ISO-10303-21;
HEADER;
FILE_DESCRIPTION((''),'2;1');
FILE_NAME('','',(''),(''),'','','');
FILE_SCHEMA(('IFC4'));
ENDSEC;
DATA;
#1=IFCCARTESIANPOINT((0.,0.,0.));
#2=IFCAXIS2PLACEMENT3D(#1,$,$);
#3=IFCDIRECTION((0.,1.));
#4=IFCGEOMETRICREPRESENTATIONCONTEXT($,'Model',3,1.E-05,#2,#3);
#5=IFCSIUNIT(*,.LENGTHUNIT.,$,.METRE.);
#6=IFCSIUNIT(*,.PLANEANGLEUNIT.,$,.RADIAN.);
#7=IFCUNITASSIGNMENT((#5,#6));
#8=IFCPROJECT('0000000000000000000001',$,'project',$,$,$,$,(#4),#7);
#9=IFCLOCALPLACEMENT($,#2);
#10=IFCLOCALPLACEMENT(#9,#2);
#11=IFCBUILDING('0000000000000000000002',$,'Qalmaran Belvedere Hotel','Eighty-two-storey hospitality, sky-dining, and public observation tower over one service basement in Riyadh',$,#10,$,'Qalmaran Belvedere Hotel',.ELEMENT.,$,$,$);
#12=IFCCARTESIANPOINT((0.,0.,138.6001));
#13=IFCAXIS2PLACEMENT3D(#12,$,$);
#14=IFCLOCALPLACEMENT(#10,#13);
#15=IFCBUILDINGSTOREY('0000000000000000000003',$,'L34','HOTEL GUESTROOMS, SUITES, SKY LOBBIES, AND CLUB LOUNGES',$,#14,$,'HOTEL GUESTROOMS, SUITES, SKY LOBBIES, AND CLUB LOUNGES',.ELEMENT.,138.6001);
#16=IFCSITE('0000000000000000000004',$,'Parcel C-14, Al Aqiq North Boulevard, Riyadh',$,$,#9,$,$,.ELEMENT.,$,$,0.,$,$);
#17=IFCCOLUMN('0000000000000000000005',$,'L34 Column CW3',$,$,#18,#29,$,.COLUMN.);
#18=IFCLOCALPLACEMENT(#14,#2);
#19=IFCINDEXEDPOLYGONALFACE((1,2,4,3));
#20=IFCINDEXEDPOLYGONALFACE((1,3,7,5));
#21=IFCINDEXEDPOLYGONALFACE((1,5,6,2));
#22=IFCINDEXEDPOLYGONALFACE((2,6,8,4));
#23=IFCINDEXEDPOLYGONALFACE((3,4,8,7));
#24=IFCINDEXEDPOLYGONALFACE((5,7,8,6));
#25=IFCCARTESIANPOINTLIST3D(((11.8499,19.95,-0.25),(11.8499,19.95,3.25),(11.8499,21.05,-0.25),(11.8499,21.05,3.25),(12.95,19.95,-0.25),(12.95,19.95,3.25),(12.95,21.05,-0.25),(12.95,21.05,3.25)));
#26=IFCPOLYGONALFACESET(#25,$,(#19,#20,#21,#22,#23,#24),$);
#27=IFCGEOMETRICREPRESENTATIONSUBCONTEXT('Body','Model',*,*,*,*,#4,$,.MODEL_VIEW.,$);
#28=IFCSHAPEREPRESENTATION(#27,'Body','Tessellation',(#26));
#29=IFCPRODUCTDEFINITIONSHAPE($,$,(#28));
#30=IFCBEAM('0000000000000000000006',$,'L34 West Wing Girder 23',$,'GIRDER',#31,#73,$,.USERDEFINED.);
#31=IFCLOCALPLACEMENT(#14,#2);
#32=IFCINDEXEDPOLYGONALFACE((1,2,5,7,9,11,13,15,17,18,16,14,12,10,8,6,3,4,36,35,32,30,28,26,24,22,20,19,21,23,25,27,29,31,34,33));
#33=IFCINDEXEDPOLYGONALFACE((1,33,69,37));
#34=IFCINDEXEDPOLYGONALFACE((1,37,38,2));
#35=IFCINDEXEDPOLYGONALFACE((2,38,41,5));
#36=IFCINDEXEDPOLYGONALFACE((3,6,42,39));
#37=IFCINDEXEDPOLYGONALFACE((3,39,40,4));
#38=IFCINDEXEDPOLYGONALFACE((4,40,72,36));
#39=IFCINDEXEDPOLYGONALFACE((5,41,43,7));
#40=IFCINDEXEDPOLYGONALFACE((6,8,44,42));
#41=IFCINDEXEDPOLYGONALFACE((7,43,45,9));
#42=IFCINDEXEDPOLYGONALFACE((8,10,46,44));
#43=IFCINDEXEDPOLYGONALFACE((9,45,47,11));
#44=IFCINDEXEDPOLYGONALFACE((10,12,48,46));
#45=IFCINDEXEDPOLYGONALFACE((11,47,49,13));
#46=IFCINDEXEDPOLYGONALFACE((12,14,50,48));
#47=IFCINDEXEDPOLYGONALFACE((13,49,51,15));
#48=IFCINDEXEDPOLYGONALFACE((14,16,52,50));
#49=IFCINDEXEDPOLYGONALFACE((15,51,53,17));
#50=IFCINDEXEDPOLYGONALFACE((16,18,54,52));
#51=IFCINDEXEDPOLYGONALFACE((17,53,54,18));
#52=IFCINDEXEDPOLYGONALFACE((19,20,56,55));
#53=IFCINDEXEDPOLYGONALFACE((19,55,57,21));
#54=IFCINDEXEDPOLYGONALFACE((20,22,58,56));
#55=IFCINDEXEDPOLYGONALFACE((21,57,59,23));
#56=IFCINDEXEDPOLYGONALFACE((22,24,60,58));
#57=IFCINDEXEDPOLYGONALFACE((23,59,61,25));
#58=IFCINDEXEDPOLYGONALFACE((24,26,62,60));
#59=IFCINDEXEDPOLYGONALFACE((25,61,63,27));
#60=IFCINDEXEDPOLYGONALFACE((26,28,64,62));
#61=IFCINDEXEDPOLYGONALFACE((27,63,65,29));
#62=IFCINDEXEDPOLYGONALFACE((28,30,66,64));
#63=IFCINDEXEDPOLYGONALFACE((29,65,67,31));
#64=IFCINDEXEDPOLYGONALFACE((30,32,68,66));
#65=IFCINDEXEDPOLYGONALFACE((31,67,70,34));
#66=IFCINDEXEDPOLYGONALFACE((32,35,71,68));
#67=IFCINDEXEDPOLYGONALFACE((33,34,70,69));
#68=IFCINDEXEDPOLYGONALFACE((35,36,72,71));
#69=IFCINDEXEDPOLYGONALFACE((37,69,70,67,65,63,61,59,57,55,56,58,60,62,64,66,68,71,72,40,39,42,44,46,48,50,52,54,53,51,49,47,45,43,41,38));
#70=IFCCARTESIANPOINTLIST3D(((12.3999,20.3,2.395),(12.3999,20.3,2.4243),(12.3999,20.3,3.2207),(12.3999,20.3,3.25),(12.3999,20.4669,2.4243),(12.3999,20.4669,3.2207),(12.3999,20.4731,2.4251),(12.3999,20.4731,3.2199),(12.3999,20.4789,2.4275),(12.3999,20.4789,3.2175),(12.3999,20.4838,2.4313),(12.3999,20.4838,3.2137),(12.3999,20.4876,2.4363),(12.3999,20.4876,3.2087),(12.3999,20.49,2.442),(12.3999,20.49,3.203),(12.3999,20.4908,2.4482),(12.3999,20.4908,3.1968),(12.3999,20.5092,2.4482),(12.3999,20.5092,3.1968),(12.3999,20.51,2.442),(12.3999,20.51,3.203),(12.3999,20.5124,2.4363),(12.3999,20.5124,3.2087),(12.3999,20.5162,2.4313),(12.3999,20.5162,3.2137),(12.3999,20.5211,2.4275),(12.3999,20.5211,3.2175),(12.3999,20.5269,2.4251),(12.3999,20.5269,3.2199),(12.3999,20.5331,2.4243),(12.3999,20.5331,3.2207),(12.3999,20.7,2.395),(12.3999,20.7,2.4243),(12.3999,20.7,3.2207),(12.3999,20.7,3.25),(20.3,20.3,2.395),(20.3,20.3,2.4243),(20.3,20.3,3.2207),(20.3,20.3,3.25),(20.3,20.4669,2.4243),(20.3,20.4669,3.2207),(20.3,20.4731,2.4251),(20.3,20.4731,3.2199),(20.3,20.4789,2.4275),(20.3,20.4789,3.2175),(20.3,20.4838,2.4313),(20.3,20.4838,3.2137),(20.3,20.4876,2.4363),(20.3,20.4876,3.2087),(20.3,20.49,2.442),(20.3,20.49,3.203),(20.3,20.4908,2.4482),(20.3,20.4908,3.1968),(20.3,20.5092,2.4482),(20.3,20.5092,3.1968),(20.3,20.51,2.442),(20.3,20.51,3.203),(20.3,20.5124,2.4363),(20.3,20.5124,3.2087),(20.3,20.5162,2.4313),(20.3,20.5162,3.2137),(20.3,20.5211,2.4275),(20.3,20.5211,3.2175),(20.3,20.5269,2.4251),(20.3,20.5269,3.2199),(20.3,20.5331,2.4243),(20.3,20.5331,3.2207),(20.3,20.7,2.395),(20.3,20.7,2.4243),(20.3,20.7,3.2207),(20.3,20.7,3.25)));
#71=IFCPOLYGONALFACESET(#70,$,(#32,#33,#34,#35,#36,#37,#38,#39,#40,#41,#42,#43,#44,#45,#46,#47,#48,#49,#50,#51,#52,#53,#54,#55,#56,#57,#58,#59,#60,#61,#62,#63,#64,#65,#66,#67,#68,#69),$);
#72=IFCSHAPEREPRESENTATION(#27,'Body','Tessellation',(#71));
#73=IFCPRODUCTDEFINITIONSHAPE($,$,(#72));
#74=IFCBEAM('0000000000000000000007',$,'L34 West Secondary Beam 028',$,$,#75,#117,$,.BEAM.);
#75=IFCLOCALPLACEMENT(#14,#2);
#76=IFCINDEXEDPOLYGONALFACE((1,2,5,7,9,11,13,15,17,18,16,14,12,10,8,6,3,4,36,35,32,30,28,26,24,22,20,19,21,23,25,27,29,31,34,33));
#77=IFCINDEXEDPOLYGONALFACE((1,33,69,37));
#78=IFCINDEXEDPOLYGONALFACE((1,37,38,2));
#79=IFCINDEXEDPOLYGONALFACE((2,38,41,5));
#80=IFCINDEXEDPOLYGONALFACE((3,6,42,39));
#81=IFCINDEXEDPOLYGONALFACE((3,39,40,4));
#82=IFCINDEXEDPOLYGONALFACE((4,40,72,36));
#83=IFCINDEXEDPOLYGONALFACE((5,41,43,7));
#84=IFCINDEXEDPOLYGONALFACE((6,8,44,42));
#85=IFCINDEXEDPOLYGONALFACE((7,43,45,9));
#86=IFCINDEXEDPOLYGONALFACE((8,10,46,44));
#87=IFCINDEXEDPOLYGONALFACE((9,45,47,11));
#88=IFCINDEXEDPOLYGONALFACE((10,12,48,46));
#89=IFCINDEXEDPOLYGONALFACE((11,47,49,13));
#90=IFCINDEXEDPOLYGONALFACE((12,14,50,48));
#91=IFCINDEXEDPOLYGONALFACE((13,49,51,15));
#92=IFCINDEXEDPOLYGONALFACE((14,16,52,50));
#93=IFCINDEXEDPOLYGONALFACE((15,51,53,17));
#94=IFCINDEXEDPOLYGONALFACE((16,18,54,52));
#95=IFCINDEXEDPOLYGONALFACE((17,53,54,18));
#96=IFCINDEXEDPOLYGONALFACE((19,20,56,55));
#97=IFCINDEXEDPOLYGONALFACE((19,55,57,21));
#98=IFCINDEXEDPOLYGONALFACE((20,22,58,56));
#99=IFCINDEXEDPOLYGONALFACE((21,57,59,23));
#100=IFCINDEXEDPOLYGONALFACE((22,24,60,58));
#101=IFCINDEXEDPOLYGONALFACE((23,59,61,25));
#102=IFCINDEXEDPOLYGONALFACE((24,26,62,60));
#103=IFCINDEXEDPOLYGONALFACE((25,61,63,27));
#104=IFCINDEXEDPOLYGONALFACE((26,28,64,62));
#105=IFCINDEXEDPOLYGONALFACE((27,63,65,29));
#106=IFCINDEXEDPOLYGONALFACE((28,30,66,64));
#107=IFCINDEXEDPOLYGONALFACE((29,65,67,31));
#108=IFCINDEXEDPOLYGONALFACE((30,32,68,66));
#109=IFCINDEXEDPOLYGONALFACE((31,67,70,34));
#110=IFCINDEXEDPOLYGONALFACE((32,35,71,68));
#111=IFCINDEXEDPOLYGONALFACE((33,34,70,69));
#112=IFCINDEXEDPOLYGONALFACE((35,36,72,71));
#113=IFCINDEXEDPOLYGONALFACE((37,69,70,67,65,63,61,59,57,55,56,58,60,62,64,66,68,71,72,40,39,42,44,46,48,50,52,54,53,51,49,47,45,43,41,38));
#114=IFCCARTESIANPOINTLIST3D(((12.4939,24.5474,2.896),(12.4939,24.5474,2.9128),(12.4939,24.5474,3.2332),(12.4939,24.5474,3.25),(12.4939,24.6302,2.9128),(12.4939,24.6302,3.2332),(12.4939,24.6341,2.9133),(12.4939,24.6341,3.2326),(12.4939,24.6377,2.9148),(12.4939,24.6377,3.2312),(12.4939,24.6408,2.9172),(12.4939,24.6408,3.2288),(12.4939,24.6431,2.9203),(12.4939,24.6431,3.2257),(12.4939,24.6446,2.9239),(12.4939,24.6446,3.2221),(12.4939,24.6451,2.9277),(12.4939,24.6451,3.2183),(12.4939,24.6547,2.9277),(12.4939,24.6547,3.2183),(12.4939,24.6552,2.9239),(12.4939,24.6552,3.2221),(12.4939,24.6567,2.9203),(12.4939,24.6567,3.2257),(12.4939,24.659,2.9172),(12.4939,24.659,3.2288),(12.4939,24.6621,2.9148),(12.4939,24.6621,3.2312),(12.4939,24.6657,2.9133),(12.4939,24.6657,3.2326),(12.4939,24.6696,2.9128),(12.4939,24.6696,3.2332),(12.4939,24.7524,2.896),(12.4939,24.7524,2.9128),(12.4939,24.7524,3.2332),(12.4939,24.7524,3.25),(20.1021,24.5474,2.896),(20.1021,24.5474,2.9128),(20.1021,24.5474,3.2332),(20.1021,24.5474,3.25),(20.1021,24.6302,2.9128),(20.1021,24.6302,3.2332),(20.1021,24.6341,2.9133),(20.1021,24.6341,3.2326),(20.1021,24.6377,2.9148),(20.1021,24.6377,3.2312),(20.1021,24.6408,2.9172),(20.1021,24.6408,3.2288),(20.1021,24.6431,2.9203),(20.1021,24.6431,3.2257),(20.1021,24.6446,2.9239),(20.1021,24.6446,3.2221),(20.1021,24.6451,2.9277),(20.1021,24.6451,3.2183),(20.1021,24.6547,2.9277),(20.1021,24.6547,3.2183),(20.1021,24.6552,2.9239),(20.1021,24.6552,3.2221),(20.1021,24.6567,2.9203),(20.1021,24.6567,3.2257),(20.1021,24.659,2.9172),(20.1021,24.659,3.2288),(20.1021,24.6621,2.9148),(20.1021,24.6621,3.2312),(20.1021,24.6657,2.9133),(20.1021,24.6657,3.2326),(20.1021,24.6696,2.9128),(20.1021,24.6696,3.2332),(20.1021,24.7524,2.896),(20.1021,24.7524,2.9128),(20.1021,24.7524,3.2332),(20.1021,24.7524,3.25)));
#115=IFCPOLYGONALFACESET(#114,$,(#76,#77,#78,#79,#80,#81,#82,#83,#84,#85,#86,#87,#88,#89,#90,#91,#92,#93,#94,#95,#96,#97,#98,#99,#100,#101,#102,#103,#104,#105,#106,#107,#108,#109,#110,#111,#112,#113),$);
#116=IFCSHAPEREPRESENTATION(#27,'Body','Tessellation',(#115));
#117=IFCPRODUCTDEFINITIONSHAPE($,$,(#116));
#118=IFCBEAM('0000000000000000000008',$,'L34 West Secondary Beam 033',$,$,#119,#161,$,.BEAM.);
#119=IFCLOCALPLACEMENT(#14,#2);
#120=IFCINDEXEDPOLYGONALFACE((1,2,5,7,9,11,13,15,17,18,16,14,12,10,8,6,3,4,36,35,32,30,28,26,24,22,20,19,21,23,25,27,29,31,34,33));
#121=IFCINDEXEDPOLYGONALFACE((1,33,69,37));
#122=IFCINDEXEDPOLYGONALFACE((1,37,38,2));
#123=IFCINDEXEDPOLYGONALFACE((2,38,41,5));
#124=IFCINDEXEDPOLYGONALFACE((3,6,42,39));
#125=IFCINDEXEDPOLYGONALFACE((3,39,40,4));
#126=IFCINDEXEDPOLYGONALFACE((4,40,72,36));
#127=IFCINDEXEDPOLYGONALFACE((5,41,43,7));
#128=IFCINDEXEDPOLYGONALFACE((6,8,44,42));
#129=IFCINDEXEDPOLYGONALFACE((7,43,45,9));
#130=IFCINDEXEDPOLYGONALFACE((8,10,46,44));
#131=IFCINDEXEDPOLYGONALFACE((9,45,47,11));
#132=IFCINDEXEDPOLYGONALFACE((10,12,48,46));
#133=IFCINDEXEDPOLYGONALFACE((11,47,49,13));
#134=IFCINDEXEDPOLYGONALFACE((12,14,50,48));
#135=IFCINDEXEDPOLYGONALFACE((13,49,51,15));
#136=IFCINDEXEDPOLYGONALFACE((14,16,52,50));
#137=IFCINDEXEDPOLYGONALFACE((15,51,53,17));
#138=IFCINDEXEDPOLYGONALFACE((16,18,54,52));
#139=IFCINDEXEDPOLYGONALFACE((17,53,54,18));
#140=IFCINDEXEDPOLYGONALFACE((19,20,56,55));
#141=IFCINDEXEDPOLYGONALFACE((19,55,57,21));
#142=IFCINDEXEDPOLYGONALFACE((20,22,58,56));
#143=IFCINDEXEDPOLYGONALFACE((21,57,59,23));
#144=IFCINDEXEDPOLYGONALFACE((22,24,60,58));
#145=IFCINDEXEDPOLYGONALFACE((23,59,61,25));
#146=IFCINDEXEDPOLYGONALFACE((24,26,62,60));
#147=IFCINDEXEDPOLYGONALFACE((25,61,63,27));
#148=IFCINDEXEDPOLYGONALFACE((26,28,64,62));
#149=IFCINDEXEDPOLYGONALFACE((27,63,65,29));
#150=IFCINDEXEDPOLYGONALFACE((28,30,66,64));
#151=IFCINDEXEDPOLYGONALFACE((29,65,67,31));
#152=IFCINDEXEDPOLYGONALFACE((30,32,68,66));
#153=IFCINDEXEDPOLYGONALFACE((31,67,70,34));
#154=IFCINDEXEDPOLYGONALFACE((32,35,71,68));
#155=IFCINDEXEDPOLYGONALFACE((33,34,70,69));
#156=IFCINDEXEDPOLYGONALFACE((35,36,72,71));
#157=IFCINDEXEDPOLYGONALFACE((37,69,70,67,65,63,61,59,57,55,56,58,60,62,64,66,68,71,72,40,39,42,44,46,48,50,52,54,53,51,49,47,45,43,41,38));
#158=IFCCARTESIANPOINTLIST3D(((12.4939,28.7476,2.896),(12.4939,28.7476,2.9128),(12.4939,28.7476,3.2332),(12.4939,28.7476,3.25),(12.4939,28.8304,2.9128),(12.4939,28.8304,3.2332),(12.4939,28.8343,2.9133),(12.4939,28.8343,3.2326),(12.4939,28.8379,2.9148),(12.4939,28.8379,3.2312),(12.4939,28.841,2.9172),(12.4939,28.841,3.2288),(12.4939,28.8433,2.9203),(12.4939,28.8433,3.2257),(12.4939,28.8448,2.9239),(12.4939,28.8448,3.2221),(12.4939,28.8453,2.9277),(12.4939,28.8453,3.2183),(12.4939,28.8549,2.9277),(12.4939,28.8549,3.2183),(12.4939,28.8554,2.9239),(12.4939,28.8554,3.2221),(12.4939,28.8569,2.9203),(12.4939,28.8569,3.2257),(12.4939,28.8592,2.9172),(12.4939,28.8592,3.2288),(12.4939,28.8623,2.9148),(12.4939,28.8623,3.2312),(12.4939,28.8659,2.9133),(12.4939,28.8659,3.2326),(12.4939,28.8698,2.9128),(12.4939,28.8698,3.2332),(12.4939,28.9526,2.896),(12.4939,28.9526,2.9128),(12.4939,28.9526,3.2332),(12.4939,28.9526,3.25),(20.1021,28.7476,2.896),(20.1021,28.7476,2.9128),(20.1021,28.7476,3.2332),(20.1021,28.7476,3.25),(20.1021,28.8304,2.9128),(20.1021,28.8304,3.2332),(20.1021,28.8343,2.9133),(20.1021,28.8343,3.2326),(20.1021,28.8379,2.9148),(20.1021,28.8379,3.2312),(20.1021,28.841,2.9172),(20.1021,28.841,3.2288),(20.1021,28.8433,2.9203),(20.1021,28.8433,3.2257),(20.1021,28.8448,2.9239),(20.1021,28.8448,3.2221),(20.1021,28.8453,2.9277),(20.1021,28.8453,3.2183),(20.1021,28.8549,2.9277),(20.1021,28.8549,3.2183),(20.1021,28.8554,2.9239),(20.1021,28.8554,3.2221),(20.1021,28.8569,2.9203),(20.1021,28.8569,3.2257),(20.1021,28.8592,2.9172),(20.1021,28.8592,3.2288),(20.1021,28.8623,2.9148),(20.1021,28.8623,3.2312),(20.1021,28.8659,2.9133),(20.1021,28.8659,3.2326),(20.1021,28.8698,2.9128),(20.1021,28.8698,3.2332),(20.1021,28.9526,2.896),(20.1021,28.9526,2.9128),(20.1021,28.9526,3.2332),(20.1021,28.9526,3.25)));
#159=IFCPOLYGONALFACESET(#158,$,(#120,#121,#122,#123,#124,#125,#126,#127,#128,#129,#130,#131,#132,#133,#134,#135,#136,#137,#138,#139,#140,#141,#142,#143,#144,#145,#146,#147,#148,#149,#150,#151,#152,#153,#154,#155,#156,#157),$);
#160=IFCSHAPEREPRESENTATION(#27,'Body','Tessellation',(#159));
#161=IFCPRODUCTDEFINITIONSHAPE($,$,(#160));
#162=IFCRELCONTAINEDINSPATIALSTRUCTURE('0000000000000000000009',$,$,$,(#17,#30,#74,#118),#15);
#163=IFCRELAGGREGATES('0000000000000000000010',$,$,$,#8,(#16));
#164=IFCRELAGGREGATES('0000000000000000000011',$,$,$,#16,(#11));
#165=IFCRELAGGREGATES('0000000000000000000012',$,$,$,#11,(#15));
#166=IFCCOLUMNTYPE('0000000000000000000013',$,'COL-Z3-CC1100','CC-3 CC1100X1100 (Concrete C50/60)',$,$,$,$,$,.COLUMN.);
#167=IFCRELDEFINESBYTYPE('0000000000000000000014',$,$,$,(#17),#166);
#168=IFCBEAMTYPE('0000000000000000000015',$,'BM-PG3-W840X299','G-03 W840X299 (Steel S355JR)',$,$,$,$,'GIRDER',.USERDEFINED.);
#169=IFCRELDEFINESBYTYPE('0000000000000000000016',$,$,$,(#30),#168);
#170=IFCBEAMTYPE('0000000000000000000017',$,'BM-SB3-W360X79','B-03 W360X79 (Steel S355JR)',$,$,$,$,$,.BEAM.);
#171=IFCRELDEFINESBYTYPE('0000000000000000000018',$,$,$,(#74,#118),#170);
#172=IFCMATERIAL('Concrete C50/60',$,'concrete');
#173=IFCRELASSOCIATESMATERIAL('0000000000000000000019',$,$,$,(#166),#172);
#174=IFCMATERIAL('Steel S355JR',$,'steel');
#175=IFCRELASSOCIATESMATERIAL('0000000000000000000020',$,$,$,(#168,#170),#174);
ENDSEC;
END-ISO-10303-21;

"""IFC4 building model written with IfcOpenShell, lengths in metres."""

from ifc_helpers import new_model, si_unit, direction, frame, origin, origin_2d, place, context, subcontext, project, spatial, rectangle, i_section, extrude, material, material_profile, profile_set, type_object, element, save


model = new_model("IFC4")

# Units and contexts
model_context = context("Model", 3, precision=1e-05, world=origin(), true_north=direction((0.0, 1.0)))
body_context = subcontext(model_context, "Body", "Model", "MODEL_VIEW")
ifc_project = project(units=[si_unit("LENGTHUNIT", "METRE"), si_unit("PLANEANGLEUNIT", "RADIAN")], contexts=[model_context])

# Site, building, storey
site_placement = place(None, origin())
site = spatial("IfcSite", under=ifc_project, at=site_placement, Name="Parcel C-14, Al Aqiq North Boulevard, Riyadh", CompositionType="ELEMENT", RefElevation=0.0)
building_placement = place(site_placement, origin())
building = spatial("IfcBuilding", under=site, at=building_placement, Name="Qalmaran Belvedere Hotel", Description="Eighty-two-storey hospitality, sky-dining, and public observation tower over one service basement in Riyadh", LongName="Qalmaran Belvedere Hotel", CompositionType="ELEMENT")
storey_placement = place(building_placement, frame((0.0, 0.0, 138.6001)))
storey = spatial("IfcBuildingStorey", under=building, at=storey_placement, Name="L34", Description="HOTEL GUESTROOMS, SUITES, SKY LOBBIES, AND CLUB LOUNGES", LongName="HOTEL GUESTROOMS, SUITES, SKY LOBBIES, AND CLUB LOUNGES", CompositionType="ELEMENT", Elevation=138.6001)

# Column
ifc_material_1 = material(Name="Concrete C50/60", Category="concrete")
ifc_material_profile_1 = material_profile(ifc_material_1, rectangle(XDim=1.1001, YDim=1.1001, at=origin_2d()), Name="CC1100X1100")
ifc_profile_set_1 = profile_set([ifc_material_profile_1], Name="Concrete C50/60")
column_type = type_object("IfcColumnType", Name="COL-Z3-CC1100", Description="CC-3 CC1100X1100 (Concrete C50/60)", PredefinedType="COLUMN", material=ifc_profile_set_1)
column_placement = place(storey_placement, frame((12.3999, 20.5, -0.25), z_axis=(0.0, 0.0, 1.0), x_axis=(1.0, 0.0, 0.0)))
element("IfcColumn", 1, at=column_placement, inside=storey, type_object=column_type, Name="L34 Column CW3", PredefinedType="COLUMN", context=body_context, shape_type="SweptSolid", body=[
    extrude(rectangle(XDim=1.1001, YDim=1.1001, at=origin_2d()), origin(), (0.0, 0.0, 1.0), 3.5),
])

# Beams
ifc_material_2 = material(Name="Steel S355JR", Category="steel")
ifc_material_profile_2 = material_profile(ifc_material_2, i_section(OverallWidth=0.3999, OverallDepth=0.855, WebThickness=0.0183, FlangeThickness=0.0293, FilletRadius=0.0239, at=origin_2d()), Name="W840X299")
ifc_profile_set_2 = profile_set([ifc_material_profile_2], Name="Steel S355JR")
beam_type_1 = type_object("IfcBeamType", Name="BM-PG3-W840X299", Description="G-03 W840X299 (Steel S355JR)", ElementType="GIRDER", PredefinedType="USERDEFINED", material=ifc_profile_set_2)
beam_1_placement = place(storey_placement, frame((12.3999, 20.5, 2.8225), z_axis=(1.0, 0.0, 0.0), x_axis=(0.0, 1.0, 0.0)))
element("IfcBeam", 2, at=beam_1_placement, inside=storey, type_object=beam_type_1, Name="L34 West Wing Girder 23", ObjectType="GIRDER", PredefinedType="USERDEFINED", context=body_context, shape_type="SweptSolid", body=[
    extrude(i_section(OverallWidth=0.3999, OverallDepth=0.855, WebThickness=0.0183, FlangeThickness=0.0293, FilletRadius=0.0239, at=origin_2d()), origin(), (0.0, 0.0, 1.0), 7.9001),
])
ifc_material_profile_3 = material_profile(ifc_material_2, i_section(OverallWidth=0.2051, OverallDepth=0.354, WebThickness=0.0095, FlangeThickness=0.0168, FilletRadius=0.0149, at=origin_2d()), Name="W360X79")
ifc_profile_set_3 = profile_set([ifc_material_profile_3], Name="Steel S355JR")
beam_type_2 = type_object("IfcBeamType", Name="BM-SB3-W360X79", Description="B-03 W360X79 (Steel S355JR)", PredefinedType="BEAM", material=ifc_profile_set_3)
for number, where, z_axis, x_axis, name in (
    (3, (12.4939, 24.6499, 3.073), (1.0, 0.0, 0.0), (0.0, 1.0, 0.0), "L34 West Secondary Beam 028"),
    (4, (12.4939, 28.8501, 3.073), (1.0, 0.0, 0.0), (0.0, 1.0, 0.0), "L34 West Secondary Beam 033"),
):
    element("IfcBeam", number, at=place(storey_placement, frame(where, z_axis=z_axis, x_axis=x_axis)), inside=storey, type_object=beam_type_2, Name=name, PredefinedType="BEAM", context=body_context, shape_type="SweptSolid", body=[
        extrude(i_section(OverallWidth=0.2051, OverallDepth=0.354, WebThickness=0.0095, FlangeThickness=0.0168, FilletRadius=0.0149, at=origin_2d()), origin(), (0.0, 0.0, 1.0), 7.6082),
    ])

save(model, "model.ifc")
